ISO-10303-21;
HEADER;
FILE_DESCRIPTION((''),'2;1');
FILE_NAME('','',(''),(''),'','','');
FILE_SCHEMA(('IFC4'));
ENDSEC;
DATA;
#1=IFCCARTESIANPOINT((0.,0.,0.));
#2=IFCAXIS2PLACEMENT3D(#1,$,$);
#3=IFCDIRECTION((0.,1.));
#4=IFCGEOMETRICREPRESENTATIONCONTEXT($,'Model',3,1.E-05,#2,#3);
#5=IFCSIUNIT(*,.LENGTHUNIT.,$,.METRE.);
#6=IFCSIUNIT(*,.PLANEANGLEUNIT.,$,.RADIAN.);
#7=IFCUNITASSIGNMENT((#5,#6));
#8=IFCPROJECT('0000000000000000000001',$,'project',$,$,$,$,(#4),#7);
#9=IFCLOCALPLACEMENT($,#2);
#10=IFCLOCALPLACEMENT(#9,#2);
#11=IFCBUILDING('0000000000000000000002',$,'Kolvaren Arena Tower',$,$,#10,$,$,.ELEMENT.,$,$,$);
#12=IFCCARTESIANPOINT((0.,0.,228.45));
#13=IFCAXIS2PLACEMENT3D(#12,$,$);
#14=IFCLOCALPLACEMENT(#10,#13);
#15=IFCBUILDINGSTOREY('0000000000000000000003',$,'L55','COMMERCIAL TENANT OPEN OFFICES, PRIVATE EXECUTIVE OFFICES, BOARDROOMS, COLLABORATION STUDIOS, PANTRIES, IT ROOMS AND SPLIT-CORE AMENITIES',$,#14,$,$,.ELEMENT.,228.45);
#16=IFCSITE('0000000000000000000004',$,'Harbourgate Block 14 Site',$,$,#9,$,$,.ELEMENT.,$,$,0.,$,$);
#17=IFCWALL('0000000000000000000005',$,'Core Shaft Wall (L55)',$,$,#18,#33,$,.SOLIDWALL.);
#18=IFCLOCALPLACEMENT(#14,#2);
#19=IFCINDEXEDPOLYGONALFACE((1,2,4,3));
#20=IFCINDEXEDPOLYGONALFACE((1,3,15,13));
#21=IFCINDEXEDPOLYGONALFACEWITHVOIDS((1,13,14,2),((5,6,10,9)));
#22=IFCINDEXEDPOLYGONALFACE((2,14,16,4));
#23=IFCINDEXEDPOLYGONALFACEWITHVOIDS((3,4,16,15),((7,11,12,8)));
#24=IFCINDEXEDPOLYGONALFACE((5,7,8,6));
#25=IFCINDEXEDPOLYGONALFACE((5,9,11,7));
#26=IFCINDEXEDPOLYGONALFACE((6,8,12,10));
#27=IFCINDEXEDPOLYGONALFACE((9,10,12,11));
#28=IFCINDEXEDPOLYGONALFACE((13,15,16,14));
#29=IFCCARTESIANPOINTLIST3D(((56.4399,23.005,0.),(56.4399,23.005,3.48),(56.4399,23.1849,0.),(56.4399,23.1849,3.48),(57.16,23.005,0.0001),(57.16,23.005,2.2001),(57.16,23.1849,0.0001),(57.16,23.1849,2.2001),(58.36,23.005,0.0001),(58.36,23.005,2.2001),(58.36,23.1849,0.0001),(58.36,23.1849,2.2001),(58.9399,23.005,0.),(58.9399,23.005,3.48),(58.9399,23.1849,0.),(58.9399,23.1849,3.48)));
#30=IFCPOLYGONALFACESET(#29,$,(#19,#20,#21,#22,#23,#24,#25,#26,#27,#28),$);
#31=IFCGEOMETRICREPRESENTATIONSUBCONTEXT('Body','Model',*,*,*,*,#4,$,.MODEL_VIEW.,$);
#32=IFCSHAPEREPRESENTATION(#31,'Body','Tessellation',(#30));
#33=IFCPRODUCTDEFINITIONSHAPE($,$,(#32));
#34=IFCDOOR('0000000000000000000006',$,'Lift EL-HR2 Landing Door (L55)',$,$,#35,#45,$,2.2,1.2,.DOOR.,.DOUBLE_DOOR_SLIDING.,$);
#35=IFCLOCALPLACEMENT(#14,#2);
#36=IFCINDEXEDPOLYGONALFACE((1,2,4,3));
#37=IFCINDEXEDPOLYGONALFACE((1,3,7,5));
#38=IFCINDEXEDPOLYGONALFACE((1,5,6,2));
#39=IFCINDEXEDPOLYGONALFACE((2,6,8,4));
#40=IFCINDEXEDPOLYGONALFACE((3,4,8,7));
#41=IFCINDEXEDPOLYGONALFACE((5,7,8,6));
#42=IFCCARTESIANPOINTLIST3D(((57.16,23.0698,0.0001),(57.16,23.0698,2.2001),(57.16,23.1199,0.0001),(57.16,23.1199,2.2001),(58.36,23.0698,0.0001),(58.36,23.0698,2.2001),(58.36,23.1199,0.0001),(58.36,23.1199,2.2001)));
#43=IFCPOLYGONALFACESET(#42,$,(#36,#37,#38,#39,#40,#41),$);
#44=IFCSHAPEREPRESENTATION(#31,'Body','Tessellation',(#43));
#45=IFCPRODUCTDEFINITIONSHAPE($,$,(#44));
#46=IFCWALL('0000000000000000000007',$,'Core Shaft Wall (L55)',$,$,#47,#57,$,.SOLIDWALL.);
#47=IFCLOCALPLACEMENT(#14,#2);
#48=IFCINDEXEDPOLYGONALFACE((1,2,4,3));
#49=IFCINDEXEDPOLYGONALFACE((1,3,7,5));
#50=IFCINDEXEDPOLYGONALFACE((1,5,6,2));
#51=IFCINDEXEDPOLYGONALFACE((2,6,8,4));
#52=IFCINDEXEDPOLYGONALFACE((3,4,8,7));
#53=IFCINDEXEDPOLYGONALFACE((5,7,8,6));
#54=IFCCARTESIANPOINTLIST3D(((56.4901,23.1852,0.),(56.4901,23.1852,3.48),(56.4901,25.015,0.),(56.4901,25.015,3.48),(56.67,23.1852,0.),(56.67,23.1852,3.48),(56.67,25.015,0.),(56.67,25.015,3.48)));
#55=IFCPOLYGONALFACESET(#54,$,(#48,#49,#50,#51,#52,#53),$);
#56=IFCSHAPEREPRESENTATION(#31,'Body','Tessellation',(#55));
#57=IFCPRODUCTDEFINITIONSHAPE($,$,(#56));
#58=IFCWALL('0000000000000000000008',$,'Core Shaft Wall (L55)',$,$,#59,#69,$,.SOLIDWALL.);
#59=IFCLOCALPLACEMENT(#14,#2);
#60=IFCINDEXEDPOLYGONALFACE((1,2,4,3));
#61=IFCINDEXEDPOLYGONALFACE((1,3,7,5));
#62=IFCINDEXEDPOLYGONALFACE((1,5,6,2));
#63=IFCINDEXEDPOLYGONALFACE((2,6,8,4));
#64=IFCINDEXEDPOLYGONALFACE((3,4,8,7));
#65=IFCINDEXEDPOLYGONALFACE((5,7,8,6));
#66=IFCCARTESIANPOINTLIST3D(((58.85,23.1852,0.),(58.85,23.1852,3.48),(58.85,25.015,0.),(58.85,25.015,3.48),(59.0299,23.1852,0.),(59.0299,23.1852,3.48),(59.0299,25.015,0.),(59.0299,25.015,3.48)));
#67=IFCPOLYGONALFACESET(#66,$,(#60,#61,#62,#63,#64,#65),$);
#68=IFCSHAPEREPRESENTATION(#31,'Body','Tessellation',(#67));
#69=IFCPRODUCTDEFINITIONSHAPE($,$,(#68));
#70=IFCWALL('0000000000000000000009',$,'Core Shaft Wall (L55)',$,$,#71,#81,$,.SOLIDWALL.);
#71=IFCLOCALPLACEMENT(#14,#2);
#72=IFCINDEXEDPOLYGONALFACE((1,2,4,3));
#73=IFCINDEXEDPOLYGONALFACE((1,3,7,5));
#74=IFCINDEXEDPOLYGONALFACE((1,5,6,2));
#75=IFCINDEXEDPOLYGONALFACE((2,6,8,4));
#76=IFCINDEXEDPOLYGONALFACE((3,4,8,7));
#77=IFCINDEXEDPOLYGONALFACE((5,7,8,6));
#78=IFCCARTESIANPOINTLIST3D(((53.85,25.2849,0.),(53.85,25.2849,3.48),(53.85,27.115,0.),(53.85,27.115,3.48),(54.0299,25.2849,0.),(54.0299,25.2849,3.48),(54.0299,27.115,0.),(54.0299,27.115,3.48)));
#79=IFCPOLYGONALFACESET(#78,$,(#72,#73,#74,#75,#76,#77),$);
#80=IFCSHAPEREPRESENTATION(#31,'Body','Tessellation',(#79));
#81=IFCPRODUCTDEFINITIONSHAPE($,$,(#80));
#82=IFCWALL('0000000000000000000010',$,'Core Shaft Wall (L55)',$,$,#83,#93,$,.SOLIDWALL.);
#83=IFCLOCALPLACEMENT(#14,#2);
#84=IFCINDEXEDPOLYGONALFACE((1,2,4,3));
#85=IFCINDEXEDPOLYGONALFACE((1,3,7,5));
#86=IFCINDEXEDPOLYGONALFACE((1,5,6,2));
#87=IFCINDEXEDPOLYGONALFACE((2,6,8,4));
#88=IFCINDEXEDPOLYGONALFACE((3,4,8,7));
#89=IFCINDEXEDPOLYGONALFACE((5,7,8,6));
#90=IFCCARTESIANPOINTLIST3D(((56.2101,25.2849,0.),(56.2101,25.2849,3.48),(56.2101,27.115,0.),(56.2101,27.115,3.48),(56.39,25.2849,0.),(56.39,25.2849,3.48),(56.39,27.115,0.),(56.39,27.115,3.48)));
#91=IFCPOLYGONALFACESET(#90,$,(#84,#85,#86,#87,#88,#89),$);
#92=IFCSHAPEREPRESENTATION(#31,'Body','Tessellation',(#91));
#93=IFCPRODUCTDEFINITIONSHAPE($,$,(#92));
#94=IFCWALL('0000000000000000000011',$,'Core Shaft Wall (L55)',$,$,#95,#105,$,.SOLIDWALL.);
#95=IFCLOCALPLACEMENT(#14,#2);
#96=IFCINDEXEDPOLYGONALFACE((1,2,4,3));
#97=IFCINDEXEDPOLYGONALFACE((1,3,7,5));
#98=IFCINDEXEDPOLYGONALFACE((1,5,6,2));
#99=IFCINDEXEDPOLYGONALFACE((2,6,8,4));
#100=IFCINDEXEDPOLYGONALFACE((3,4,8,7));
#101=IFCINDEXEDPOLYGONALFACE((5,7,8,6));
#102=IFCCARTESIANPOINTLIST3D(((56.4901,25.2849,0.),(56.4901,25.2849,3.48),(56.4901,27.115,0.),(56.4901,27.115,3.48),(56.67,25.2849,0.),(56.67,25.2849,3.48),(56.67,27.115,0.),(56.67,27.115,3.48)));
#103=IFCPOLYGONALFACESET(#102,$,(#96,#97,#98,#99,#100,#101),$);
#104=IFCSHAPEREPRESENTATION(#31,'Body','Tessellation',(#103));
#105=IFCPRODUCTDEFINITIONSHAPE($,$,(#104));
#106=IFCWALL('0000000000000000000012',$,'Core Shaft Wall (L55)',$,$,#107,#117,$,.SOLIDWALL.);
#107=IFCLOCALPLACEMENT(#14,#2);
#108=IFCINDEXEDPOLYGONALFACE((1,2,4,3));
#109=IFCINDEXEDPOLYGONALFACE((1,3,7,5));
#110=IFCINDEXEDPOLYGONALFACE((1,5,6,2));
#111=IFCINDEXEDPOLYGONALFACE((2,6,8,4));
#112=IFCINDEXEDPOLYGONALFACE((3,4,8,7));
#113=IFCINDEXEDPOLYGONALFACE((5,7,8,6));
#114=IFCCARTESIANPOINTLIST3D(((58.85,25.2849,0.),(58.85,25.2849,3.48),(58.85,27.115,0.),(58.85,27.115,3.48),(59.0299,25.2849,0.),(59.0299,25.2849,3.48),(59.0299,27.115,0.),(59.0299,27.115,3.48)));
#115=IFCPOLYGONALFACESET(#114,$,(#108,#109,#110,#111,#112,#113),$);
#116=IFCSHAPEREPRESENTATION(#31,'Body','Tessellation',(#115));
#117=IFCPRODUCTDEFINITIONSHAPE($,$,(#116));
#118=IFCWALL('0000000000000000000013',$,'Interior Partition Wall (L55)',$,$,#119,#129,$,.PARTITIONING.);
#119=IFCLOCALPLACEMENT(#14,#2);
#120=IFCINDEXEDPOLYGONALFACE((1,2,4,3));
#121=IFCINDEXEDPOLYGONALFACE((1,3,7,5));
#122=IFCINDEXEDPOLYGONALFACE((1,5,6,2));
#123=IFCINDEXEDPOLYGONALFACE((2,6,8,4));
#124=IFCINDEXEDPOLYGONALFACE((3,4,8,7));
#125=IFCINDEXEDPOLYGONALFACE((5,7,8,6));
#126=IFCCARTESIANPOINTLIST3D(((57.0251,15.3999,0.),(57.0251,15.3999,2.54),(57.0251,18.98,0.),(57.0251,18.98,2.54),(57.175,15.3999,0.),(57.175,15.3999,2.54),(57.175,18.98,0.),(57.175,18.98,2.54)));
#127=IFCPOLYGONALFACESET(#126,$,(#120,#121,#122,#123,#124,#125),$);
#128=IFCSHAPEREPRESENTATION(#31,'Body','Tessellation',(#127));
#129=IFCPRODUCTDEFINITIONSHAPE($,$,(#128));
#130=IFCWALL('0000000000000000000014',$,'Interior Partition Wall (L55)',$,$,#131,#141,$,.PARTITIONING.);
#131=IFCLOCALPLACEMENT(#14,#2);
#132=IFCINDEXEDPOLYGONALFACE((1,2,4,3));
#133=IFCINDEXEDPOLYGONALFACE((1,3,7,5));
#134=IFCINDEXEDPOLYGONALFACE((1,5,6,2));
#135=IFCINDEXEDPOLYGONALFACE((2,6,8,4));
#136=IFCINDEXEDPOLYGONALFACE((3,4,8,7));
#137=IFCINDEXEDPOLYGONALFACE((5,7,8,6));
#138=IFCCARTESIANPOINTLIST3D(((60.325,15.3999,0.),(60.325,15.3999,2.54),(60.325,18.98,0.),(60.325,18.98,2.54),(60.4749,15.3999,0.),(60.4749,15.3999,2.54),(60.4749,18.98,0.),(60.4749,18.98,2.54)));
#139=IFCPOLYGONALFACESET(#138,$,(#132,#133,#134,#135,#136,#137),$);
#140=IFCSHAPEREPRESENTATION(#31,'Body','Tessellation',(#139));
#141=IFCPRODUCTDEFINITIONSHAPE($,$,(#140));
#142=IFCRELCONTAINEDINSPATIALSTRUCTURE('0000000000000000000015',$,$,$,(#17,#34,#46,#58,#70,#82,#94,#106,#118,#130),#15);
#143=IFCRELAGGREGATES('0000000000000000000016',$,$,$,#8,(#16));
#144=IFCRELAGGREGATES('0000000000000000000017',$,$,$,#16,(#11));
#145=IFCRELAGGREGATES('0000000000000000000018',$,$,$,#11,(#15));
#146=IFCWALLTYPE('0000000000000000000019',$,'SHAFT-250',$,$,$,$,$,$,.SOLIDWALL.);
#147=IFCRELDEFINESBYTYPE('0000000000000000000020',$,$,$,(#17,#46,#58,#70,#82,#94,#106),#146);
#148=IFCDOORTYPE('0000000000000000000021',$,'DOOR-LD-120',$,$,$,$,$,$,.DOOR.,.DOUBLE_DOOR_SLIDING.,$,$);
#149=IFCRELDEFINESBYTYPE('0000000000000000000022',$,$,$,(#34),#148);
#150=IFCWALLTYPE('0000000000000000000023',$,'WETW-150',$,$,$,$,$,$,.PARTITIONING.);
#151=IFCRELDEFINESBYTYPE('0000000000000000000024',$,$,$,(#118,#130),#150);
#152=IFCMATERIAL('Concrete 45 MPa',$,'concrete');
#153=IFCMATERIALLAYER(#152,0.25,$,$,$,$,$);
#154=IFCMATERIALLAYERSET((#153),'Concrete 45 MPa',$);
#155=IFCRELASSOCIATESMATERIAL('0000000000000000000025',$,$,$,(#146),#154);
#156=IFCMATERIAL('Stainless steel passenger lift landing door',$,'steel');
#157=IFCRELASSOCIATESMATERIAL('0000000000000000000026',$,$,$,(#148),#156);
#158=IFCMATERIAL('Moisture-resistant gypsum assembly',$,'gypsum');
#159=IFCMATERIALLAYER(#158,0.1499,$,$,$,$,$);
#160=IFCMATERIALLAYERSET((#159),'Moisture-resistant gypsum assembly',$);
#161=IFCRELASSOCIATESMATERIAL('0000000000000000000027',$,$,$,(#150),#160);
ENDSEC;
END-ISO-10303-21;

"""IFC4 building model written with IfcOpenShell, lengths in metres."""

from ifc_helpers import new_model, si_unit, direction, frame, frame_2d, origin, place, context, subcontext, project, spatial, rectangle, extrude, material, layer, layer_set, type_object, element, fill, save


model = new_model("IFC4")

# Units and contexts
model_context = context("Model", 3, precision=1e-05, world=origin(), true_north=direction((0.0, 1.0)))
body_context = subcontext(model_context, "Body", "Model", "MODEL_VIEW")
ifc_project = project(units=[si_unit("LENGTHUNIT", "METRE"), si_unit("PLANEANGLEUNIT", "RADIAN")], contexts=[model_context])

# Site, building, storey
site_placement = place(None, origin())
site = spatial("IfcSite", under=ifc_project, at=site_placement, Name="Harbourgate Block 14 Site", CompositionType="ELEMENT", RefElevation=0.0)
building_placement = place(site_placement, origin())
building = spatial("IfcBuilding", under=site, at=building_placement, Name="Kolvaren Arena Tower", CompositionType="ELEMENT")
storey_placement = place(building_placement, frame((0.0, 0.0, 228.45)))
storey = spatial("IfcBuildingStorey", under=building, at=storey_placement, Name="L55", Description="COMMERCIAL TENANT OPEN OFFICES, PRIVATE EXECUTIVE OFFICES, BOARDROOMS, COLLABORATION STUDIOS, PANTRIES, IT ROOMS AND SPLIT-CORE AMENITIES", CompositionType="ELEMENT", Elevation=228.45)

# Shared definitions
ifc_material_1 = material(Name="Concrete 45 MPa", Category="concrete")
ifc_layer_1 = layer(ifc_material_1, 0.25)
ifc_layer_set_1 = layer_set([ifc_layer_1], Name="Concrete 45 MPa")
wall_type_1 = type_object("IfcWallType", Name="SHAFT-250", PredefinedType="SOLIDWALL", material=ifc_layer_set_1)

# Wall, opening, door
wall_1_placement = place(storey_placement, frame((56.4399, 23.095, 0.0), z_axis=(0.0, 0.0, 1.0), x_axis=(1.0, 0.0, 0.0)))
wall_1 = element("IfcWall", 1, at=wall_1_placement, inside=storey, type_object=wall_type_1, Name="Core Shaft Wall (L55)", PredefinedType="SOLIDWALL", context=body_context, shape_type="SweptSolid", body=[
    extrude(rectangle(XDim=2.5, YDim=0.1799, at=frame_2d((1.25, 0.0))), origin(), (0.0, 0.0, 1.0), 3.48),
])
opening_placement = place(wall_1_placement, frame((0.72, 0.0, 0.0)))
opening = element("IfcOpeningElement", 2, at=opening_placement, cuts=wall_1, PredefinedType="OPENING", context=body_context, shape_type="SweptSolid", body=[
    extrude(rectangle(XDim=1.2, YDim=2.2, at=frame_2d((0.6001, 1.1001))), frame((0.0, 0.0999, 0.0), z_axis=(0.0, -1.0, 0.0), x_axis=(1.0, 0.0, 0.0)), (0.0, 0.0, 1.0), 0.2),
])
ifc_material_2 = material(Name="Stainless steel passenger lift landing door", Category="steel")
door_type = type_object("IfcDoorType", Name="DOOR-LD-120", OperationType="DOUBLE_DOOR_SLIDING", PredefinedType="DOOR", material=ifc_material_2)
door_placement = place(opening_placement, origin())
door = element("IfcDoor", 3, at=door_placement, inside=storey, type_object=door_type, Name="Lift EL-HR2 Landing Door (L55)", OperationType="DOUBLE_DOOR_SLIDING", OverallHeight=2.2, OverallWidth=1.2, PredefinedType="DOOR", context=body_context, shape_type="SweptSolid", body=[
    extrude(rectangle(XDim=1.2, YDim=2.2, at=frame_2d((0.6001, 1.1001))), frame((0.0, 0.0249, 0.0), z_axis=(0.0, -1.0, 0.0), x_axis=(1.0, 0.0, 0.0)), (0.0, 0.0, 1.0), 0.05),
])
fill(opening, door)

# Walls
for number, where, z_axis, x_axis, name in (
    (4, (56.5801, 23.1851, 0.0), (0.0, 0.0, 1.0), (0.0, 1.0, 0.0), "Core Shaft Wall (L55)"),
    (5, (58.9399, 23.1851, 0.0), (0.0, 0.0, 1.0), (0.0, 1.0, 0.0), "Core Shaft Wall (L55)"),
):
    element("IfcWall", number, at=place(storey_placement, frame(where, z_axis=z_axis, x_axis=x_axis)), inside=storey, type_object=wall_type_1, Name=name, PredefinedType="SOLIDWALL", context=body_context, shape_type="SweptSolid", body=[
        extrude(rectangle(XDim=1.8298, YDim=0.1799, at=frame_2d((0.915, 0.0))), origin(), (0.0, 0.0, 1.0), 3.48),
    ])
for number, where, z_axis, x_axis, name in (
    (6, (53.9399, 25.2849, 0.0), (0.0, 0.0, 1.0), (0.0, 1.0, 0.0), "Core Shaft Wall (L55)"),
    (7, (56.3, 25.2849, 0.0), (0.0, 0.0, 1.0), (0.0, 1.0, 0.0), "Core Shaft Wall (L55)"),
    (8, (56.5801, 25.2849, 0.0), (0.0, 0.0, 1.0), (0.0, 1.0, 0.0), "Core Shaft Wall (L55)"),
    (9, (58.9399, 25.2849, 0.0), (0.0, 0.0, 1.0), (0.0, 1.0, 0.0), "Core Shaft Wall (L55)"),
):
    element("IfcWall", number, at=place(storey_placement, frame(where, z_axis=z_axis, x_axis=x_axis)), inside=storey, type_object=wall_type_1, Name=name, PredefinedType="SOLIDWALL", context=body_context, shape_type="SweptSolid", body=[
        extrude(rectangle(XDim=1.8301, YDim=0.1799, at=frame_2d((0.915, 0.0))), origin(), (0.0, 0.0, 1.0), 3.48),
    ])
ifc_material_3 = material(Name="Moisture-resistant gypsum assembly", Category="gypsum")
ifc_layer_2 = layer(ifc_material_3, 0.1499)
ifc_layer_set_2 = layer_set([ifc_layer_2], Name="Moisture-resistant gypsum assembly")
wall_type_2 = type_object("IfcWallType", Name="WETW-150", PredefinedType="PARTITIONING", material=ifc_layer_set_2)
for number, where, z_axis, x_axis, name in (
    (10, (57.1001, 15.3999, 0.0), (0.0, 0.0, 1.0), (0.0, 1.0, 0.0), "Interior Partition Wall (L55)"),
    (11, (60.3999, 15.3999, 0.0), (0.0, 0.0, 1.0), (0.0, 1.0, 0.0), "Interior Partition Wall (L55)"),
):
    element("IfcWall", number, at=place(storey_placement, frame(where, z_axis=z_axis, x_axis=x_axis)), inside=storey, type_object=wall_type_2, Name=name, PredefinedType="PARTITIONING", context=body_context, shape_type="SweptSolid", body=[
        extrude(rectangle(XDim=3.5801, YDim=0.1499, at=frame_2d((1.79, 0.0))), origin(), (0.0, 0.0, 1.0), 2.54),
    ])

save(model, "model.ifc")
